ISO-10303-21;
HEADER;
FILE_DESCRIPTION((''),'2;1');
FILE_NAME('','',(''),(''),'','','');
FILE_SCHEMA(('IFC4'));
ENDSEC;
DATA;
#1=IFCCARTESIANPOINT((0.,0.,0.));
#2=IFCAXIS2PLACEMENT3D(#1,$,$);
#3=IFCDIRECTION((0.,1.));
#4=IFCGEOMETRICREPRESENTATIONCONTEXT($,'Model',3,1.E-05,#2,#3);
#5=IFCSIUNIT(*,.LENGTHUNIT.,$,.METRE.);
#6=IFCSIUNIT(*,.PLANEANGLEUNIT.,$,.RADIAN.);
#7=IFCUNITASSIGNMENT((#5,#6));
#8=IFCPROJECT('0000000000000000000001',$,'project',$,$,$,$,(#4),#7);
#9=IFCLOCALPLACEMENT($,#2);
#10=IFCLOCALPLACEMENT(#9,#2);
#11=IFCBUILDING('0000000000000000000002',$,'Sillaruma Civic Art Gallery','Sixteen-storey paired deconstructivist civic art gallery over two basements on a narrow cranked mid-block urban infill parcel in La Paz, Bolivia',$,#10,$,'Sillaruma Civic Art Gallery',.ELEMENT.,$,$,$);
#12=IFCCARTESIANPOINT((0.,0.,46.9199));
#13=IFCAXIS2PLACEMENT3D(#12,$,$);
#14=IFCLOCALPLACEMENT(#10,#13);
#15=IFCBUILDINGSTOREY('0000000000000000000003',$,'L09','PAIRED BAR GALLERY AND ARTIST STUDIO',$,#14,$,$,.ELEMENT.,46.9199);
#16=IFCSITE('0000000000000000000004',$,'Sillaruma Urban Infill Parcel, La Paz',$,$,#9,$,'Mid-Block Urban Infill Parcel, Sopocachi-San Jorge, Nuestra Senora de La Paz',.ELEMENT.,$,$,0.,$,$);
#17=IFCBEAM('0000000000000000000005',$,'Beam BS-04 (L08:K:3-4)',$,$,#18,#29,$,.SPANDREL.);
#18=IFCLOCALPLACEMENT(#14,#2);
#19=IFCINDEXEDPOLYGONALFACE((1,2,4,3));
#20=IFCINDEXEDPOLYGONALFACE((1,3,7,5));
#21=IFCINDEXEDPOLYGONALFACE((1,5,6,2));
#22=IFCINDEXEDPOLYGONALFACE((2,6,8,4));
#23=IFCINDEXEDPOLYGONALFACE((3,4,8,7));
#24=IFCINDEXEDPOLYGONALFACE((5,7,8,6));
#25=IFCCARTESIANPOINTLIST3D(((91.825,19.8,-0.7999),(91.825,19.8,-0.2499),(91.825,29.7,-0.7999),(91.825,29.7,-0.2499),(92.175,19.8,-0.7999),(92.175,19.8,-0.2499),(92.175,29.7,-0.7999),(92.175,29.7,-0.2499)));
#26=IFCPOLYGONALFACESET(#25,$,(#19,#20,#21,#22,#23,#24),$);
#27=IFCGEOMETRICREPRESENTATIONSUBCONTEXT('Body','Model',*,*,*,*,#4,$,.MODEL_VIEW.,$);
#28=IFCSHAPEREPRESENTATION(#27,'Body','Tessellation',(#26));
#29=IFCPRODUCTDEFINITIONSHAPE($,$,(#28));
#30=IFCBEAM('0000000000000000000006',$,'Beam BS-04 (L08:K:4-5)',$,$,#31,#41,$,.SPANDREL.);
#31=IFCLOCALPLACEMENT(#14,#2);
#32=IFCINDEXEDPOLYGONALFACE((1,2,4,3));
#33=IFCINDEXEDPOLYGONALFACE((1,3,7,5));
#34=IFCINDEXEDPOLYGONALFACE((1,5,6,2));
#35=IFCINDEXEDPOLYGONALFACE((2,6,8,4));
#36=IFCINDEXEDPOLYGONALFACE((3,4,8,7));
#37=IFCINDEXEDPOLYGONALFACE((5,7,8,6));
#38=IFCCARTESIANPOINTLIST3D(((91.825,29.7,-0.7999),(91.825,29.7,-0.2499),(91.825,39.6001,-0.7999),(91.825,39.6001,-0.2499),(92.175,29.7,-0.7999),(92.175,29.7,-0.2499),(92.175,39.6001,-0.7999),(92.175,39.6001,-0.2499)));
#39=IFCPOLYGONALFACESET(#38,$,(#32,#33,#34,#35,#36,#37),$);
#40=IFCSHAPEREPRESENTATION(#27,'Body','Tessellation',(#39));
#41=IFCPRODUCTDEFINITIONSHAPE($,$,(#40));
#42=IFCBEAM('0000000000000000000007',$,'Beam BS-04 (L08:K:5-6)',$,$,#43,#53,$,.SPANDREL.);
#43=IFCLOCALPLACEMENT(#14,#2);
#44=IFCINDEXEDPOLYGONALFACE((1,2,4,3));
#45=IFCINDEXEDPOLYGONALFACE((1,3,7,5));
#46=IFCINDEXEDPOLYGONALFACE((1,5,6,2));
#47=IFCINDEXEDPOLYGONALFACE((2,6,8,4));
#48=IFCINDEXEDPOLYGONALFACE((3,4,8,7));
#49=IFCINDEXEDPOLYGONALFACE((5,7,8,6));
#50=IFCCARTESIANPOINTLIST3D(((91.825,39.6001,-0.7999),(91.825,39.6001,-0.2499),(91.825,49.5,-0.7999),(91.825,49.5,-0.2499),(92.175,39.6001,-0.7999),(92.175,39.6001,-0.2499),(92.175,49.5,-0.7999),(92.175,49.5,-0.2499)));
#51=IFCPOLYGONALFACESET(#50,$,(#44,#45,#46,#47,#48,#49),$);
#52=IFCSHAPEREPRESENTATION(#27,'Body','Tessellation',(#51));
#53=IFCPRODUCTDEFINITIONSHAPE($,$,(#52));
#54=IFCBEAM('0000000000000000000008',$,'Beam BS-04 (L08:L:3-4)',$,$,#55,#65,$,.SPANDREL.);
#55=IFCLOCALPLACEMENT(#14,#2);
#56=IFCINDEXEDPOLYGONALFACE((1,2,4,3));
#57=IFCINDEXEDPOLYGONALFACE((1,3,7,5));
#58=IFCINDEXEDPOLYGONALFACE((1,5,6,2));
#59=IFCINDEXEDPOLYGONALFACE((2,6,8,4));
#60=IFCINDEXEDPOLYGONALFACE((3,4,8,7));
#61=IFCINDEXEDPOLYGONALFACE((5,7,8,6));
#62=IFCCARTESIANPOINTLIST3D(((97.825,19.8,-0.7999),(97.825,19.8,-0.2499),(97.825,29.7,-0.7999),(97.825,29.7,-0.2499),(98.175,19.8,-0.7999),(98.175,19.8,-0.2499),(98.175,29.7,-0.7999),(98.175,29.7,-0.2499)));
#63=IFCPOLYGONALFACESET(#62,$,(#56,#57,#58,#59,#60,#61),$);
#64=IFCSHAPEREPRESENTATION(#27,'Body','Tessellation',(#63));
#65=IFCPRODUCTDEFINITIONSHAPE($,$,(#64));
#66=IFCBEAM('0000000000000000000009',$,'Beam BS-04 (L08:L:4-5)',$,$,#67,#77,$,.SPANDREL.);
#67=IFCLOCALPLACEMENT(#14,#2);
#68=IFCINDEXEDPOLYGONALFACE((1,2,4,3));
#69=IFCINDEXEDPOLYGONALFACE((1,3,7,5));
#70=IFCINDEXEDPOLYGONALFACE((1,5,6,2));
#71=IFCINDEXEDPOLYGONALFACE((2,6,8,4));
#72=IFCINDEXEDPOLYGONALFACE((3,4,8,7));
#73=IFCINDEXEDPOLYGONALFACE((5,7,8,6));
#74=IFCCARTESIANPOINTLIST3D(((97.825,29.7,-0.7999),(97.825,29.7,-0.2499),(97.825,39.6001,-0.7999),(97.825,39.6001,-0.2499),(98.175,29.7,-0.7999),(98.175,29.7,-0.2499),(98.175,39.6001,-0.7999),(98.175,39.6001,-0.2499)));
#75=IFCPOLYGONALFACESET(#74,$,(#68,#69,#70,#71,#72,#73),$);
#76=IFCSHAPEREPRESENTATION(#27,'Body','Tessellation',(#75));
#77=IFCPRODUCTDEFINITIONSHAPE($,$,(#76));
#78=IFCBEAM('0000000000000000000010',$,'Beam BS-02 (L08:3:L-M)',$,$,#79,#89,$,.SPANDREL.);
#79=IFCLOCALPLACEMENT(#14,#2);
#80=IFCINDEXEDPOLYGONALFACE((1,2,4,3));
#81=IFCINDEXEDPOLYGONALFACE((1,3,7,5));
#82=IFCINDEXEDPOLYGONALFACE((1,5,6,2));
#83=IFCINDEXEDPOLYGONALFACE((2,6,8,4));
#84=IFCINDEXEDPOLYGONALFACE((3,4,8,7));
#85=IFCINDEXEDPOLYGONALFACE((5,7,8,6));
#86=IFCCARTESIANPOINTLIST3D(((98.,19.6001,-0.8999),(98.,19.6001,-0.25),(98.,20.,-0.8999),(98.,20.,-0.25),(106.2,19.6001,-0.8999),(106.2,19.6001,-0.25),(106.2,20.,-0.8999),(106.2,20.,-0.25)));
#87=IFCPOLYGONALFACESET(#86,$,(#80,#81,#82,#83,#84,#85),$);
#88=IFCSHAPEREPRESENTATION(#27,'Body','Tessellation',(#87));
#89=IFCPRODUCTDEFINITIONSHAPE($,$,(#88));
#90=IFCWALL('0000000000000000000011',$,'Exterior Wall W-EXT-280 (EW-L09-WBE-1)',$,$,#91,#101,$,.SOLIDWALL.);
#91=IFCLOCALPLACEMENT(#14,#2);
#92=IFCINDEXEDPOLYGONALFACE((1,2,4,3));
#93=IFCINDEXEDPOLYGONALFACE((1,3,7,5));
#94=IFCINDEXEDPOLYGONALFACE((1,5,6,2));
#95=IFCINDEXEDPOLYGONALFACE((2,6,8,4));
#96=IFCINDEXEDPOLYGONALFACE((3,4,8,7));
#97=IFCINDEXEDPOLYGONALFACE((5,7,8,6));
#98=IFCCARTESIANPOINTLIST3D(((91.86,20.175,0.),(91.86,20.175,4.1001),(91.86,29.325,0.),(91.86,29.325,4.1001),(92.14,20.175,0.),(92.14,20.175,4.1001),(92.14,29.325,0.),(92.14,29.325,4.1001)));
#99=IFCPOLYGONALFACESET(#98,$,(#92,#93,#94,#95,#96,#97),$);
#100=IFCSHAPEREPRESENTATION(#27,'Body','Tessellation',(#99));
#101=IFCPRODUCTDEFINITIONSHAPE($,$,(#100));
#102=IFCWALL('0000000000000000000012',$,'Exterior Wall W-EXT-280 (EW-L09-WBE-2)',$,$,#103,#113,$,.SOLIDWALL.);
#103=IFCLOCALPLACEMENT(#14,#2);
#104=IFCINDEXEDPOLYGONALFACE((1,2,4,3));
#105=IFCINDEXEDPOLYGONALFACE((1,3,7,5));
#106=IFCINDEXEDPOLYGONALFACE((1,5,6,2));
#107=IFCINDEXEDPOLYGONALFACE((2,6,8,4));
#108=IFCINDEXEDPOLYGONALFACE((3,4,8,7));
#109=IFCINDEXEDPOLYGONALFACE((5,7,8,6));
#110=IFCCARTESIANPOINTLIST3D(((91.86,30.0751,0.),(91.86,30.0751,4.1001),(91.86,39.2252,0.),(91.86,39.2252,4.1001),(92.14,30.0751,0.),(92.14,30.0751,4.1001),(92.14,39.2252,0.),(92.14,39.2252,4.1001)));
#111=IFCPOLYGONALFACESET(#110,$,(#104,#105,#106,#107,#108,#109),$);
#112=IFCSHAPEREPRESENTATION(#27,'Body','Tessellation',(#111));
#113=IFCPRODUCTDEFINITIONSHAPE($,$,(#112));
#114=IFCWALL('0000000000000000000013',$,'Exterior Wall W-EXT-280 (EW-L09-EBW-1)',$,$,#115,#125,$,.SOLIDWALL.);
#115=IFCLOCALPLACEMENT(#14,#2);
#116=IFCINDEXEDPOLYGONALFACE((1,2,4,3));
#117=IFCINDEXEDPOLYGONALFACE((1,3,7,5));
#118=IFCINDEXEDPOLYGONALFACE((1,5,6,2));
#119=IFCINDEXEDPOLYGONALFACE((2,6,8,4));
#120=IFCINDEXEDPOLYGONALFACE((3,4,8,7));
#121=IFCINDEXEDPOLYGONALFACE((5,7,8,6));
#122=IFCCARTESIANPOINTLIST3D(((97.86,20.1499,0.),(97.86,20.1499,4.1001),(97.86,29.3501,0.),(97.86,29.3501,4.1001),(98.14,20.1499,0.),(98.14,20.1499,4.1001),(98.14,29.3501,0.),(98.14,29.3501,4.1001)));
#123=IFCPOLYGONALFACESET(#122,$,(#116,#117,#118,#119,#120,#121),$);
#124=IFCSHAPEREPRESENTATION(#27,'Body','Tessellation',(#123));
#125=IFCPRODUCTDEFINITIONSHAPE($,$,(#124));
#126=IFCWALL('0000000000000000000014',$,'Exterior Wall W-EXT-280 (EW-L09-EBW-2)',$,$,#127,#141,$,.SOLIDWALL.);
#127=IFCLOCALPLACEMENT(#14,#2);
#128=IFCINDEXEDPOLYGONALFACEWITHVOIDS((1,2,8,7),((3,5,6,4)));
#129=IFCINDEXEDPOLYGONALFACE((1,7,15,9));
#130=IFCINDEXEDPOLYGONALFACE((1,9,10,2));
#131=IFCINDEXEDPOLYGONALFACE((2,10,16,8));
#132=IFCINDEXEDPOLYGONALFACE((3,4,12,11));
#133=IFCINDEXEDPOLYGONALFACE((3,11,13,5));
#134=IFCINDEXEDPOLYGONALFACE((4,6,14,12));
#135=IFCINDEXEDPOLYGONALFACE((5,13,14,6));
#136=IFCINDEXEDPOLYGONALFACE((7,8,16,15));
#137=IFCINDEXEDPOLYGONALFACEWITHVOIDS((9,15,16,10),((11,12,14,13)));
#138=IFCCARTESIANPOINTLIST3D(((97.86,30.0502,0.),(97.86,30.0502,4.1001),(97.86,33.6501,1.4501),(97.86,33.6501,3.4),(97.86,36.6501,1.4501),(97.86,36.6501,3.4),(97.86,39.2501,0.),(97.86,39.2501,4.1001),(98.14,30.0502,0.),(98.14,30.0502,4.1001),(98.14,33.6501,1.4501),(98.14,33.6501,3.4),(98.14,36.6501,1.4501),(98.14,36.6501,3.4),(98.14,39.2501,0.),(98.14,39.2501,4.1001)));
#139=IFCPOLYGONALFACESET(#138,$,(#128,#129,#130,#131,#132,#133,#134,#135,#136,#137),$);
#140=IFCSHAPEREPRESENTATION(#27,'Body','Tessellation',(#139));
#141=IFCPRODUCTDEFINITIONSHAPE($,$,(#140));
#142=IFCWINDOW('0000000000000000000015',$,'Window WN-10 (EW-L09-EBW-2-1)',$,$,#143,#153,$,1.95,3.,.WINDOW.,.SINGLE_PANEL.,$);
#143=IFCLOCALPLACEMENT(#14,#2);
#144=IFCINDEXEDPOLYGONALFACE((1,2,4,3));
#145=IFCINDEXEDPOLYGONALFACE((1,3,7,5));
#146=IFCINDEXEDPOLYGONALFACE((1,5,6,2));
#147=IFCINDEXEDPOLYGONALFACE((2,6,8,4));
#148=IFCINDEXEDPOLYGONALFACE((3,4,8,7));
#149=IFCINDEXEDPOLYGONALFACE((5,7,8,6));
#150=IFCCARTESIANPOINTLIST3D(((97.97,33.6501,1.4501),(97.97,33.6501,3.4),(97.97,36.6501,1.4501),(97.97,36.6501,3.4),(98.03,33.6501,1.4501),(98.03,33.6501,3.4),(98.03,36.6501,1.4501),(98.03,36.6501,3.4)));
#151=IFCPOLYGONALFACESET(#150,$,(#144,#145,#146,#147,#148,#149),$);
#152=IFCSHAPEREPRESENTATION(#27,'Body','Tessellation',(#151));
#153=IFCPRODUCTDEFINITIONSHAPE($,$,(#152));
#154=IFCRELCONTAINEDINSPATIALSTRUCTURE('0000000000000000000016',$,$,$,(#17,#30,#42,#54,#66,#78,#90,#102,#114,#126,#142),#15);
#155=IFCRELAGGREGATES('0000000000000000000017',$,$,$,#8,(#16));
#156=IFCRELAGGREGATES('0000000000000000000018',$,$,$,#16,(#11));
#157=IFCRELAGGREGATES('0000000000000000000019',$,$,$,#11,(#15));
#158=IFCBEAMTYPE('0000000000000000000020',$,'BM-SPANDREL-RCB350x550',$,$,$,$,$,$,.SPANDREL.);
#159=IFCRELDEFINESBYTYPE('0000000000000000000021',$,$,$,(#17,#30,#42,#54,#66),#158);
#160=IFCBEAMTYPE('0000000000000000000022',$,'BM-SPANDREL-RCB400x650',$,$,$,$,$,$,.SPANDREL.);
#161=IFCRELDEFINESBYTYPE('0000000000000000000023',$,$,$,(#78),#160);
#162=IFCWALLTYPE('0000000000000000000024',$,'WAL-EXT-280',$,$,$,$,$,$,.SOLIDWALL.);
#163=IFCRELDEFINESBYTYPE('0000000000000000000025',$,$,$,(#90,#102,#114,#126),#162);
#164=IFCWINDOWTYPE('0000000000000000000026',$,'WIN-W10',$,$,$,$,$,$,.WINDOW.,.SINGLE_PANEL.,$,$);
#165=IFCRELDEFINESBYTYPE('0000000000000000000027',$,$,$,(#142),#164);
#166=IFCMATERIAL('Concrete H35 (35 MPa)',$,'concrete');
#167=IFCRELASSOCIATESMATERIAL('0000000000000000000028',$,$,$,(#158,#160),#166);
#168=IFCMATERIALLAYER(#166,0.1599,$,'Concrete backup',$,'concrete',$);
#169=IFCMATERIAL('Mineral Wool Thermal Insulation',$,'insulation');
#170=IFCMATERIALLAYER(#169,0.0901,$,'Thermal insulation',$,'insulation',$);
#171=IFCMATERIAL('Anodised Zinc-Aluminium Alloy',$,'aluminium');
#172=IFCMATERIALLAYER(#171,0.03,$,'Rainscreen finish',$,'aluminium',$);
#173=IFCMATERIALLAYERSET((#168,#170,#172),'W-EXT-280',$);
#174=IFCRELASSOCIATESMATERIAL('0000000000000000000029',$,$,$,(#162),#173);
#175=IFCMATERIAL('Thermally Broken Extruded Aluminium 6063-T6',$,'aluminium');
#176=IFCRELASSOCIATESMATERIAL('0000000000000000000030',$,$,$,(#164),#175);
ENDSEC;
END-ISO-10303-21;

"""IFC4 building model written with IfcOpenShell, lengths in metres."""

from ifc_helpers import new_model, si_unit, direction, frame, frame_2d, origin, origin_2d, place, context, subcontext, project, spatial, rectangle, extrude, material, layer, layer_set, material_profile, profile_set, type_object, element, fill, save


model = new_model("IFC4")

# Units and contexts
model_context = context("Model", 3, precision=1e-05, world=origin(), true_north=direction((0.0, 1.0)))
body_context = subcontext(model_context, "Body", "Model", "MODEL_VIEW")
ifc_project = project(units=[si_unit("LENGTHUNIT", "METRE"), si_unit("PLANEANGLEUNIT", "RADIAN")], contexts=[model_context])

# Site, building, storey
site_placement = place(None, origin())
site = spatial("IfcSite", under=ifc_project, at=site_placement, Name="Sillaruma Urban Infill Parcel, La Paz", LongName="Mid-Block Urban Infill Parcel, Sopocachi-San Jorge, Nuestra Senora de La Paz", CompositionType="ELEMENT", RefElevation=0.0)
building_placement = place(site_placement, origin())
building = spatial("IfcBuilding", under=site, at=building_placement, Name="Sillaruma Civic Art Gallery", Description="Sixteen-storey paired deconstructivist civic art gallery over two basements on a narrow cranked mid-block urban infill parcel in La Paz, Bolivia", LongName="Sillaruma Civic Art Gallery", CompositionType="ELEMENT")
storey_placement = place(building_placement, frame((0.0, 0.0, 46.9199)))
storey = spatial("IfcBuildingStorey", under=building, at=storey_placement, Name="L09", Description="PAIRED BAR GALLERY AND ARTIST STUDIO", CompositionType="ELEMENT", Elevation=46.9199)

# Beams
ifc_material_1 = material(Name="Concrete H35 (35 MPa)", Category="concrete")
ifc_material_profile_1 = material_profile(ifc_material_1, rectangle(XDim=0.3501, YDim=0.55, at=origin_2d()), Name="RCB350x550")
ifc_profile_set_1 = profile_set([ifc_material_profile_1], Name="Concrete H35 (35 MPa)")
beam_type_1 = type_object("IfcBeamType", Name="BM-SPANDREL-RCB350x550", PredefinedType="SPANDREL", material=ifc_profile_set_1)
beam_1_placement = place(storey_placement, frame((92.0, 19.8, -0.5249), z_axis=(0.0, 1.0, 0.0), x_axis=(-1.0, 0.0, 0.0)))
element("IfcBeam", 1, at=beam_1_placement, inside=storey, type_object=beam_type_1, Name="Beam BS-04 (L08:K:3-4)", PredefinedType="SPANDREL", context=body_context, shape_type="SweptSolid", body=[
    extrude(rectangle(XDim=0.3501, YDim=0.55, at=origin_2d()), origin(), (0.0, 0.0, 1.0), 9.8999),
])
beam_2_placement = place(storey_placement, frame((92.0, 29.7, -0.5249), z_axis=(0.0, 1.0, 0.0), x_axis=(-1.0, 0.0, 0.0)))
element("IfcBeam", 2, at=beam_2_placement, inside=storey, type_object=beam_type_1, Name="Beam BS-04 (L08:K:4-5)", PredefinedType="SPANDREL", context=body_context, shape_type="SweptSolid", body=[
    extrude(rectangle(XDim=0.3501, YDim=0.55, at=origin_2d()), origin(), (0.0, 0.0, 1.0), 9.9001),
])
for number, where, z_axis, x_axis, name in (
    (3, (92.0, 39.6001, -0.5249), (0.0, 1.0, 0.0), (-1.0, 0.0, 0.0), "Beam BS-04 (L08:K:5-6)"),
    (4, (98.0, 19.8, -0.5249), (0.0, 1.0, 0.0), (-1.0, 0.0, 0.0), "Beam BS-04 (L08:L:3-4)"),
):
    element("IfcBeam", number, at=place(storey_placement, frame(where, z_axis=z_axis, x_axis=x_axis)), inside=storey, type_object=beam_type_1, Name=name, PredefinedType="SPANDREL", context=body_context, shape_type="SweptSolid", body=[
        extrude(rectangle(XDim=0.3501, YDim=0.55, at=origin_2d()), origin(), (0.0, 0.0, 1.0), 9.8999),
    ])
beam_3_placement = place(storey_placement, frame((98.0, 29.7, -0.5249), z_axis=(0.0, 1.0, 0.0), x_axis=(-1.0, 0.0, 0.0)))
element("IfcBeam", 5, at=beam_3_placement, inside=storey, type_object=beam_type_1, Name="Beam BS-04 (L08:L:4-5)", PredefinedType="SPANDREL", context=body_context, shape_type="SweptSolid", body=[
    extrude(rectangle(XDim=0.3501, YDim=0.55, at=origin_2d()), origin(), (0.0, 0.0, 1.0), 9.9001),
])
ifc_material_profile_2 = material_profile(ifc_material_1, rectangle(XDim=0.3999, YDim=0.6499, at=origin_2d()), Name="RCB400x650")
ifc_profile_set_2 = profile_set([ifc_material_profile_2], Name="Concrete H35 (35 MPa)")
beam_type_2 = type_object("IfcBeamType", Name="BM-SPANDREL-RCB400x650", PredefinedType="SPANDREL", material=ifc_profile_set_2)
beam_4_placement = place(storey_placement, frame((98.0, 19.8, -0.575), z_axis=(1.0, 0.0, 0.0), x_axis=(0.0, 1.0, 0.0)))
element("IfcBeam", 6, at=beam_4_placement, inside=storey, type_object=beam_type_2, Name="Beam BS-02 (L08:3:L-M)", PredefinedType="SPANDREL", context=body_context, shape_type="SweptSolid", body=[
    extrude(rectangle(XDim=0.3999, YDim=0.6499, at=origin_2d()), origin(), (0.0, 0.0, 1.0), 8.2),
])

# Walls
ifc_layer_1 = layer(ifc_material_1, 0.1599, Name="Concrete backup", Category="concrete")
ifc_material_2 = material(Name="Mineral Wool Thermal Insulation", Category="insulation")
ifc_layer_2 = layer(ifc_material_2, 0.0901, Name="Thermal insulation", Category="insulation")
ifc_material_3 = material(Name="Anodised Zinc-Aluminium Alloy", Category="aluminium")
ifc_layer_3 = layer(ifc_material_3, 0.03, Name="Rainscreen finish", Category="aluminium")
ifc_layer_set = layer_set([ifc_layer_1, ifc_layer_2, ifc_layer_3], Name="W-EXT-280")
wall_type = type_object("IfcWallType", Name="WAL-EXT-280", PredefinedType="SOLIDWALL", material=ifc_layer_set)
wall_1_placement = place(storey_placement, frame((92.0, 20.175, 0.0), z_axis=(0.0, 0.0, 1.0), x_axis=(0.0, 1.0, 0.0)))
element("IfcWall", 7, at=wall_1_placement, inside=storey, type_object=wall_type, Name="Exterior Wall W-EXT-280 (EW-L09-WBE-1)", PredefinedType="SOLIDWALL", context=body_context, shape_type="SweptSolid", body=[
    extrude(rectangle(XDim=9.1499, YDim=0.28, at=frame_2d((4.575, 0.0))), origin(), (0.0, 0.0, 1.0), 4.1001),
])
wall_2_placement = place(storey_placement, frame((92.0, 30.075, 0.0), z_axis=(0.0, 0.0, 1.0), x_axis=(0.0, 1.0, 0.0)))
element("IfcWall", 8, at=wall_2_placement, inside=storey, type_object=wall_type, Name="Exterior Wall W-EXT-280 (EW-L09-WBE-2)", PredefinedType="SOLIDWALL", context=body_context, shape_type="SweptSolid", body=[
    extrude(rectangle(XDim=9.1501, YDim=0.28, at=frame_2d((4.5752, 0.0))), origin(), (0.0, 0.0, 1.0), 4.1001),
])
wall_3_placement = place(storey_placement, frame((98.0, 20.1499, 0.0), z_axis=(0.0, 0.0, 1.0), x_axis=(0.0, 1.0, 0.0)))
element("IfcWall", 9, at=wall_3_placement, inside=storey, type_object=wall_type, Name="Exterior Wall W-EXT-280 (EW-L09-EBW-1)", PredefinedType="SOLIDWALL", context=body_context, shape_type="SweptSolid", body=[
    extrude(rectangle(XDim=9.2002, YDim=0.28, at=frame_2d((4.6001, 0.0))), origin(), (0.0, 0.0, 1.0), 4.1001),
])

# Wall, opening, window
wall_4_placement = place(storey_placement, frame((98.0, 30.05, 0.0), z_axis=(0.0, 0.0, 1.0), x_axis=(0.0, 1.0, 0.0)))
wall_4 = element("IfcWall", 10, at=wall_4_placement, inside=storey, type_object=wall_type, Name="Exterior Wall W-EXT-280 (EW-L09-EBW-2)", PredefinedType="SOLIDWALL", context=body_context, shape_type="SweptSolid", body=[
    extrude(rectangle(XDim=9.2, YDim=0.28, at=frame_2d((4.6001, 0.0))), origin(), (0.0, 0.0, 1.0), 4.1001),
])
opening_placement = place(wall_4_placement, frame((3.6001, 0.0, 1.45)))
opening = element("IfcOpeningElement", 11, at=opening_placement, cuts=wall_4, PredefinedType="OPENING", context=body_context, shape_type="SweptSolid", body=[
    extrude(rectangle(XDim=3.0, YDim=1.95, at=frame_2d((1.5, 0.9751))), frame((0.0, 0.1499, 0.0), z_axis=(0.0, -1.0, 0.0), x_axis=(1.0, 0.0, 0.0)), (0.0, 0.0, 1.0), 0.3),
])
ifc_material_4 = material(Name="Thermally Broken Extruded Aluminium 6063-T6", Category="aluminium")
window_type = type_object("IfcWindowType", Name="WIN-W10", PartitioningType="SINGLE_PANEL", PredefinedType="WINDOW", material=ifc_material_4)
window_placement = place(opening_placement, origin())
window = element("IfcWindow", 12, at=window_placement, inside=storey, type_object=window_type, Name="Window WN-10 (EW-L09-EBW-2-1)", OverallHeight=1.95, OverallWidth=3.0, PartitioningType="SINGLE_PANEL", PredefinedType="WINDOW", context=body_context, shape_type="SweptSolid", body=[
    extrude(rectangle(XDim=3.0, YDim=1.95, at=frame_2d((1.5, 0.9751))), frame((0.0, 0.03, 0.0), z_axis=(0.0, -1.0, 0.0), x_axis=(1.0, 0.0, 0.0)), (0.0, 0.0, 1.0), 0.0601),
])
fill(opening, window)

save(model, "model.ifc")
